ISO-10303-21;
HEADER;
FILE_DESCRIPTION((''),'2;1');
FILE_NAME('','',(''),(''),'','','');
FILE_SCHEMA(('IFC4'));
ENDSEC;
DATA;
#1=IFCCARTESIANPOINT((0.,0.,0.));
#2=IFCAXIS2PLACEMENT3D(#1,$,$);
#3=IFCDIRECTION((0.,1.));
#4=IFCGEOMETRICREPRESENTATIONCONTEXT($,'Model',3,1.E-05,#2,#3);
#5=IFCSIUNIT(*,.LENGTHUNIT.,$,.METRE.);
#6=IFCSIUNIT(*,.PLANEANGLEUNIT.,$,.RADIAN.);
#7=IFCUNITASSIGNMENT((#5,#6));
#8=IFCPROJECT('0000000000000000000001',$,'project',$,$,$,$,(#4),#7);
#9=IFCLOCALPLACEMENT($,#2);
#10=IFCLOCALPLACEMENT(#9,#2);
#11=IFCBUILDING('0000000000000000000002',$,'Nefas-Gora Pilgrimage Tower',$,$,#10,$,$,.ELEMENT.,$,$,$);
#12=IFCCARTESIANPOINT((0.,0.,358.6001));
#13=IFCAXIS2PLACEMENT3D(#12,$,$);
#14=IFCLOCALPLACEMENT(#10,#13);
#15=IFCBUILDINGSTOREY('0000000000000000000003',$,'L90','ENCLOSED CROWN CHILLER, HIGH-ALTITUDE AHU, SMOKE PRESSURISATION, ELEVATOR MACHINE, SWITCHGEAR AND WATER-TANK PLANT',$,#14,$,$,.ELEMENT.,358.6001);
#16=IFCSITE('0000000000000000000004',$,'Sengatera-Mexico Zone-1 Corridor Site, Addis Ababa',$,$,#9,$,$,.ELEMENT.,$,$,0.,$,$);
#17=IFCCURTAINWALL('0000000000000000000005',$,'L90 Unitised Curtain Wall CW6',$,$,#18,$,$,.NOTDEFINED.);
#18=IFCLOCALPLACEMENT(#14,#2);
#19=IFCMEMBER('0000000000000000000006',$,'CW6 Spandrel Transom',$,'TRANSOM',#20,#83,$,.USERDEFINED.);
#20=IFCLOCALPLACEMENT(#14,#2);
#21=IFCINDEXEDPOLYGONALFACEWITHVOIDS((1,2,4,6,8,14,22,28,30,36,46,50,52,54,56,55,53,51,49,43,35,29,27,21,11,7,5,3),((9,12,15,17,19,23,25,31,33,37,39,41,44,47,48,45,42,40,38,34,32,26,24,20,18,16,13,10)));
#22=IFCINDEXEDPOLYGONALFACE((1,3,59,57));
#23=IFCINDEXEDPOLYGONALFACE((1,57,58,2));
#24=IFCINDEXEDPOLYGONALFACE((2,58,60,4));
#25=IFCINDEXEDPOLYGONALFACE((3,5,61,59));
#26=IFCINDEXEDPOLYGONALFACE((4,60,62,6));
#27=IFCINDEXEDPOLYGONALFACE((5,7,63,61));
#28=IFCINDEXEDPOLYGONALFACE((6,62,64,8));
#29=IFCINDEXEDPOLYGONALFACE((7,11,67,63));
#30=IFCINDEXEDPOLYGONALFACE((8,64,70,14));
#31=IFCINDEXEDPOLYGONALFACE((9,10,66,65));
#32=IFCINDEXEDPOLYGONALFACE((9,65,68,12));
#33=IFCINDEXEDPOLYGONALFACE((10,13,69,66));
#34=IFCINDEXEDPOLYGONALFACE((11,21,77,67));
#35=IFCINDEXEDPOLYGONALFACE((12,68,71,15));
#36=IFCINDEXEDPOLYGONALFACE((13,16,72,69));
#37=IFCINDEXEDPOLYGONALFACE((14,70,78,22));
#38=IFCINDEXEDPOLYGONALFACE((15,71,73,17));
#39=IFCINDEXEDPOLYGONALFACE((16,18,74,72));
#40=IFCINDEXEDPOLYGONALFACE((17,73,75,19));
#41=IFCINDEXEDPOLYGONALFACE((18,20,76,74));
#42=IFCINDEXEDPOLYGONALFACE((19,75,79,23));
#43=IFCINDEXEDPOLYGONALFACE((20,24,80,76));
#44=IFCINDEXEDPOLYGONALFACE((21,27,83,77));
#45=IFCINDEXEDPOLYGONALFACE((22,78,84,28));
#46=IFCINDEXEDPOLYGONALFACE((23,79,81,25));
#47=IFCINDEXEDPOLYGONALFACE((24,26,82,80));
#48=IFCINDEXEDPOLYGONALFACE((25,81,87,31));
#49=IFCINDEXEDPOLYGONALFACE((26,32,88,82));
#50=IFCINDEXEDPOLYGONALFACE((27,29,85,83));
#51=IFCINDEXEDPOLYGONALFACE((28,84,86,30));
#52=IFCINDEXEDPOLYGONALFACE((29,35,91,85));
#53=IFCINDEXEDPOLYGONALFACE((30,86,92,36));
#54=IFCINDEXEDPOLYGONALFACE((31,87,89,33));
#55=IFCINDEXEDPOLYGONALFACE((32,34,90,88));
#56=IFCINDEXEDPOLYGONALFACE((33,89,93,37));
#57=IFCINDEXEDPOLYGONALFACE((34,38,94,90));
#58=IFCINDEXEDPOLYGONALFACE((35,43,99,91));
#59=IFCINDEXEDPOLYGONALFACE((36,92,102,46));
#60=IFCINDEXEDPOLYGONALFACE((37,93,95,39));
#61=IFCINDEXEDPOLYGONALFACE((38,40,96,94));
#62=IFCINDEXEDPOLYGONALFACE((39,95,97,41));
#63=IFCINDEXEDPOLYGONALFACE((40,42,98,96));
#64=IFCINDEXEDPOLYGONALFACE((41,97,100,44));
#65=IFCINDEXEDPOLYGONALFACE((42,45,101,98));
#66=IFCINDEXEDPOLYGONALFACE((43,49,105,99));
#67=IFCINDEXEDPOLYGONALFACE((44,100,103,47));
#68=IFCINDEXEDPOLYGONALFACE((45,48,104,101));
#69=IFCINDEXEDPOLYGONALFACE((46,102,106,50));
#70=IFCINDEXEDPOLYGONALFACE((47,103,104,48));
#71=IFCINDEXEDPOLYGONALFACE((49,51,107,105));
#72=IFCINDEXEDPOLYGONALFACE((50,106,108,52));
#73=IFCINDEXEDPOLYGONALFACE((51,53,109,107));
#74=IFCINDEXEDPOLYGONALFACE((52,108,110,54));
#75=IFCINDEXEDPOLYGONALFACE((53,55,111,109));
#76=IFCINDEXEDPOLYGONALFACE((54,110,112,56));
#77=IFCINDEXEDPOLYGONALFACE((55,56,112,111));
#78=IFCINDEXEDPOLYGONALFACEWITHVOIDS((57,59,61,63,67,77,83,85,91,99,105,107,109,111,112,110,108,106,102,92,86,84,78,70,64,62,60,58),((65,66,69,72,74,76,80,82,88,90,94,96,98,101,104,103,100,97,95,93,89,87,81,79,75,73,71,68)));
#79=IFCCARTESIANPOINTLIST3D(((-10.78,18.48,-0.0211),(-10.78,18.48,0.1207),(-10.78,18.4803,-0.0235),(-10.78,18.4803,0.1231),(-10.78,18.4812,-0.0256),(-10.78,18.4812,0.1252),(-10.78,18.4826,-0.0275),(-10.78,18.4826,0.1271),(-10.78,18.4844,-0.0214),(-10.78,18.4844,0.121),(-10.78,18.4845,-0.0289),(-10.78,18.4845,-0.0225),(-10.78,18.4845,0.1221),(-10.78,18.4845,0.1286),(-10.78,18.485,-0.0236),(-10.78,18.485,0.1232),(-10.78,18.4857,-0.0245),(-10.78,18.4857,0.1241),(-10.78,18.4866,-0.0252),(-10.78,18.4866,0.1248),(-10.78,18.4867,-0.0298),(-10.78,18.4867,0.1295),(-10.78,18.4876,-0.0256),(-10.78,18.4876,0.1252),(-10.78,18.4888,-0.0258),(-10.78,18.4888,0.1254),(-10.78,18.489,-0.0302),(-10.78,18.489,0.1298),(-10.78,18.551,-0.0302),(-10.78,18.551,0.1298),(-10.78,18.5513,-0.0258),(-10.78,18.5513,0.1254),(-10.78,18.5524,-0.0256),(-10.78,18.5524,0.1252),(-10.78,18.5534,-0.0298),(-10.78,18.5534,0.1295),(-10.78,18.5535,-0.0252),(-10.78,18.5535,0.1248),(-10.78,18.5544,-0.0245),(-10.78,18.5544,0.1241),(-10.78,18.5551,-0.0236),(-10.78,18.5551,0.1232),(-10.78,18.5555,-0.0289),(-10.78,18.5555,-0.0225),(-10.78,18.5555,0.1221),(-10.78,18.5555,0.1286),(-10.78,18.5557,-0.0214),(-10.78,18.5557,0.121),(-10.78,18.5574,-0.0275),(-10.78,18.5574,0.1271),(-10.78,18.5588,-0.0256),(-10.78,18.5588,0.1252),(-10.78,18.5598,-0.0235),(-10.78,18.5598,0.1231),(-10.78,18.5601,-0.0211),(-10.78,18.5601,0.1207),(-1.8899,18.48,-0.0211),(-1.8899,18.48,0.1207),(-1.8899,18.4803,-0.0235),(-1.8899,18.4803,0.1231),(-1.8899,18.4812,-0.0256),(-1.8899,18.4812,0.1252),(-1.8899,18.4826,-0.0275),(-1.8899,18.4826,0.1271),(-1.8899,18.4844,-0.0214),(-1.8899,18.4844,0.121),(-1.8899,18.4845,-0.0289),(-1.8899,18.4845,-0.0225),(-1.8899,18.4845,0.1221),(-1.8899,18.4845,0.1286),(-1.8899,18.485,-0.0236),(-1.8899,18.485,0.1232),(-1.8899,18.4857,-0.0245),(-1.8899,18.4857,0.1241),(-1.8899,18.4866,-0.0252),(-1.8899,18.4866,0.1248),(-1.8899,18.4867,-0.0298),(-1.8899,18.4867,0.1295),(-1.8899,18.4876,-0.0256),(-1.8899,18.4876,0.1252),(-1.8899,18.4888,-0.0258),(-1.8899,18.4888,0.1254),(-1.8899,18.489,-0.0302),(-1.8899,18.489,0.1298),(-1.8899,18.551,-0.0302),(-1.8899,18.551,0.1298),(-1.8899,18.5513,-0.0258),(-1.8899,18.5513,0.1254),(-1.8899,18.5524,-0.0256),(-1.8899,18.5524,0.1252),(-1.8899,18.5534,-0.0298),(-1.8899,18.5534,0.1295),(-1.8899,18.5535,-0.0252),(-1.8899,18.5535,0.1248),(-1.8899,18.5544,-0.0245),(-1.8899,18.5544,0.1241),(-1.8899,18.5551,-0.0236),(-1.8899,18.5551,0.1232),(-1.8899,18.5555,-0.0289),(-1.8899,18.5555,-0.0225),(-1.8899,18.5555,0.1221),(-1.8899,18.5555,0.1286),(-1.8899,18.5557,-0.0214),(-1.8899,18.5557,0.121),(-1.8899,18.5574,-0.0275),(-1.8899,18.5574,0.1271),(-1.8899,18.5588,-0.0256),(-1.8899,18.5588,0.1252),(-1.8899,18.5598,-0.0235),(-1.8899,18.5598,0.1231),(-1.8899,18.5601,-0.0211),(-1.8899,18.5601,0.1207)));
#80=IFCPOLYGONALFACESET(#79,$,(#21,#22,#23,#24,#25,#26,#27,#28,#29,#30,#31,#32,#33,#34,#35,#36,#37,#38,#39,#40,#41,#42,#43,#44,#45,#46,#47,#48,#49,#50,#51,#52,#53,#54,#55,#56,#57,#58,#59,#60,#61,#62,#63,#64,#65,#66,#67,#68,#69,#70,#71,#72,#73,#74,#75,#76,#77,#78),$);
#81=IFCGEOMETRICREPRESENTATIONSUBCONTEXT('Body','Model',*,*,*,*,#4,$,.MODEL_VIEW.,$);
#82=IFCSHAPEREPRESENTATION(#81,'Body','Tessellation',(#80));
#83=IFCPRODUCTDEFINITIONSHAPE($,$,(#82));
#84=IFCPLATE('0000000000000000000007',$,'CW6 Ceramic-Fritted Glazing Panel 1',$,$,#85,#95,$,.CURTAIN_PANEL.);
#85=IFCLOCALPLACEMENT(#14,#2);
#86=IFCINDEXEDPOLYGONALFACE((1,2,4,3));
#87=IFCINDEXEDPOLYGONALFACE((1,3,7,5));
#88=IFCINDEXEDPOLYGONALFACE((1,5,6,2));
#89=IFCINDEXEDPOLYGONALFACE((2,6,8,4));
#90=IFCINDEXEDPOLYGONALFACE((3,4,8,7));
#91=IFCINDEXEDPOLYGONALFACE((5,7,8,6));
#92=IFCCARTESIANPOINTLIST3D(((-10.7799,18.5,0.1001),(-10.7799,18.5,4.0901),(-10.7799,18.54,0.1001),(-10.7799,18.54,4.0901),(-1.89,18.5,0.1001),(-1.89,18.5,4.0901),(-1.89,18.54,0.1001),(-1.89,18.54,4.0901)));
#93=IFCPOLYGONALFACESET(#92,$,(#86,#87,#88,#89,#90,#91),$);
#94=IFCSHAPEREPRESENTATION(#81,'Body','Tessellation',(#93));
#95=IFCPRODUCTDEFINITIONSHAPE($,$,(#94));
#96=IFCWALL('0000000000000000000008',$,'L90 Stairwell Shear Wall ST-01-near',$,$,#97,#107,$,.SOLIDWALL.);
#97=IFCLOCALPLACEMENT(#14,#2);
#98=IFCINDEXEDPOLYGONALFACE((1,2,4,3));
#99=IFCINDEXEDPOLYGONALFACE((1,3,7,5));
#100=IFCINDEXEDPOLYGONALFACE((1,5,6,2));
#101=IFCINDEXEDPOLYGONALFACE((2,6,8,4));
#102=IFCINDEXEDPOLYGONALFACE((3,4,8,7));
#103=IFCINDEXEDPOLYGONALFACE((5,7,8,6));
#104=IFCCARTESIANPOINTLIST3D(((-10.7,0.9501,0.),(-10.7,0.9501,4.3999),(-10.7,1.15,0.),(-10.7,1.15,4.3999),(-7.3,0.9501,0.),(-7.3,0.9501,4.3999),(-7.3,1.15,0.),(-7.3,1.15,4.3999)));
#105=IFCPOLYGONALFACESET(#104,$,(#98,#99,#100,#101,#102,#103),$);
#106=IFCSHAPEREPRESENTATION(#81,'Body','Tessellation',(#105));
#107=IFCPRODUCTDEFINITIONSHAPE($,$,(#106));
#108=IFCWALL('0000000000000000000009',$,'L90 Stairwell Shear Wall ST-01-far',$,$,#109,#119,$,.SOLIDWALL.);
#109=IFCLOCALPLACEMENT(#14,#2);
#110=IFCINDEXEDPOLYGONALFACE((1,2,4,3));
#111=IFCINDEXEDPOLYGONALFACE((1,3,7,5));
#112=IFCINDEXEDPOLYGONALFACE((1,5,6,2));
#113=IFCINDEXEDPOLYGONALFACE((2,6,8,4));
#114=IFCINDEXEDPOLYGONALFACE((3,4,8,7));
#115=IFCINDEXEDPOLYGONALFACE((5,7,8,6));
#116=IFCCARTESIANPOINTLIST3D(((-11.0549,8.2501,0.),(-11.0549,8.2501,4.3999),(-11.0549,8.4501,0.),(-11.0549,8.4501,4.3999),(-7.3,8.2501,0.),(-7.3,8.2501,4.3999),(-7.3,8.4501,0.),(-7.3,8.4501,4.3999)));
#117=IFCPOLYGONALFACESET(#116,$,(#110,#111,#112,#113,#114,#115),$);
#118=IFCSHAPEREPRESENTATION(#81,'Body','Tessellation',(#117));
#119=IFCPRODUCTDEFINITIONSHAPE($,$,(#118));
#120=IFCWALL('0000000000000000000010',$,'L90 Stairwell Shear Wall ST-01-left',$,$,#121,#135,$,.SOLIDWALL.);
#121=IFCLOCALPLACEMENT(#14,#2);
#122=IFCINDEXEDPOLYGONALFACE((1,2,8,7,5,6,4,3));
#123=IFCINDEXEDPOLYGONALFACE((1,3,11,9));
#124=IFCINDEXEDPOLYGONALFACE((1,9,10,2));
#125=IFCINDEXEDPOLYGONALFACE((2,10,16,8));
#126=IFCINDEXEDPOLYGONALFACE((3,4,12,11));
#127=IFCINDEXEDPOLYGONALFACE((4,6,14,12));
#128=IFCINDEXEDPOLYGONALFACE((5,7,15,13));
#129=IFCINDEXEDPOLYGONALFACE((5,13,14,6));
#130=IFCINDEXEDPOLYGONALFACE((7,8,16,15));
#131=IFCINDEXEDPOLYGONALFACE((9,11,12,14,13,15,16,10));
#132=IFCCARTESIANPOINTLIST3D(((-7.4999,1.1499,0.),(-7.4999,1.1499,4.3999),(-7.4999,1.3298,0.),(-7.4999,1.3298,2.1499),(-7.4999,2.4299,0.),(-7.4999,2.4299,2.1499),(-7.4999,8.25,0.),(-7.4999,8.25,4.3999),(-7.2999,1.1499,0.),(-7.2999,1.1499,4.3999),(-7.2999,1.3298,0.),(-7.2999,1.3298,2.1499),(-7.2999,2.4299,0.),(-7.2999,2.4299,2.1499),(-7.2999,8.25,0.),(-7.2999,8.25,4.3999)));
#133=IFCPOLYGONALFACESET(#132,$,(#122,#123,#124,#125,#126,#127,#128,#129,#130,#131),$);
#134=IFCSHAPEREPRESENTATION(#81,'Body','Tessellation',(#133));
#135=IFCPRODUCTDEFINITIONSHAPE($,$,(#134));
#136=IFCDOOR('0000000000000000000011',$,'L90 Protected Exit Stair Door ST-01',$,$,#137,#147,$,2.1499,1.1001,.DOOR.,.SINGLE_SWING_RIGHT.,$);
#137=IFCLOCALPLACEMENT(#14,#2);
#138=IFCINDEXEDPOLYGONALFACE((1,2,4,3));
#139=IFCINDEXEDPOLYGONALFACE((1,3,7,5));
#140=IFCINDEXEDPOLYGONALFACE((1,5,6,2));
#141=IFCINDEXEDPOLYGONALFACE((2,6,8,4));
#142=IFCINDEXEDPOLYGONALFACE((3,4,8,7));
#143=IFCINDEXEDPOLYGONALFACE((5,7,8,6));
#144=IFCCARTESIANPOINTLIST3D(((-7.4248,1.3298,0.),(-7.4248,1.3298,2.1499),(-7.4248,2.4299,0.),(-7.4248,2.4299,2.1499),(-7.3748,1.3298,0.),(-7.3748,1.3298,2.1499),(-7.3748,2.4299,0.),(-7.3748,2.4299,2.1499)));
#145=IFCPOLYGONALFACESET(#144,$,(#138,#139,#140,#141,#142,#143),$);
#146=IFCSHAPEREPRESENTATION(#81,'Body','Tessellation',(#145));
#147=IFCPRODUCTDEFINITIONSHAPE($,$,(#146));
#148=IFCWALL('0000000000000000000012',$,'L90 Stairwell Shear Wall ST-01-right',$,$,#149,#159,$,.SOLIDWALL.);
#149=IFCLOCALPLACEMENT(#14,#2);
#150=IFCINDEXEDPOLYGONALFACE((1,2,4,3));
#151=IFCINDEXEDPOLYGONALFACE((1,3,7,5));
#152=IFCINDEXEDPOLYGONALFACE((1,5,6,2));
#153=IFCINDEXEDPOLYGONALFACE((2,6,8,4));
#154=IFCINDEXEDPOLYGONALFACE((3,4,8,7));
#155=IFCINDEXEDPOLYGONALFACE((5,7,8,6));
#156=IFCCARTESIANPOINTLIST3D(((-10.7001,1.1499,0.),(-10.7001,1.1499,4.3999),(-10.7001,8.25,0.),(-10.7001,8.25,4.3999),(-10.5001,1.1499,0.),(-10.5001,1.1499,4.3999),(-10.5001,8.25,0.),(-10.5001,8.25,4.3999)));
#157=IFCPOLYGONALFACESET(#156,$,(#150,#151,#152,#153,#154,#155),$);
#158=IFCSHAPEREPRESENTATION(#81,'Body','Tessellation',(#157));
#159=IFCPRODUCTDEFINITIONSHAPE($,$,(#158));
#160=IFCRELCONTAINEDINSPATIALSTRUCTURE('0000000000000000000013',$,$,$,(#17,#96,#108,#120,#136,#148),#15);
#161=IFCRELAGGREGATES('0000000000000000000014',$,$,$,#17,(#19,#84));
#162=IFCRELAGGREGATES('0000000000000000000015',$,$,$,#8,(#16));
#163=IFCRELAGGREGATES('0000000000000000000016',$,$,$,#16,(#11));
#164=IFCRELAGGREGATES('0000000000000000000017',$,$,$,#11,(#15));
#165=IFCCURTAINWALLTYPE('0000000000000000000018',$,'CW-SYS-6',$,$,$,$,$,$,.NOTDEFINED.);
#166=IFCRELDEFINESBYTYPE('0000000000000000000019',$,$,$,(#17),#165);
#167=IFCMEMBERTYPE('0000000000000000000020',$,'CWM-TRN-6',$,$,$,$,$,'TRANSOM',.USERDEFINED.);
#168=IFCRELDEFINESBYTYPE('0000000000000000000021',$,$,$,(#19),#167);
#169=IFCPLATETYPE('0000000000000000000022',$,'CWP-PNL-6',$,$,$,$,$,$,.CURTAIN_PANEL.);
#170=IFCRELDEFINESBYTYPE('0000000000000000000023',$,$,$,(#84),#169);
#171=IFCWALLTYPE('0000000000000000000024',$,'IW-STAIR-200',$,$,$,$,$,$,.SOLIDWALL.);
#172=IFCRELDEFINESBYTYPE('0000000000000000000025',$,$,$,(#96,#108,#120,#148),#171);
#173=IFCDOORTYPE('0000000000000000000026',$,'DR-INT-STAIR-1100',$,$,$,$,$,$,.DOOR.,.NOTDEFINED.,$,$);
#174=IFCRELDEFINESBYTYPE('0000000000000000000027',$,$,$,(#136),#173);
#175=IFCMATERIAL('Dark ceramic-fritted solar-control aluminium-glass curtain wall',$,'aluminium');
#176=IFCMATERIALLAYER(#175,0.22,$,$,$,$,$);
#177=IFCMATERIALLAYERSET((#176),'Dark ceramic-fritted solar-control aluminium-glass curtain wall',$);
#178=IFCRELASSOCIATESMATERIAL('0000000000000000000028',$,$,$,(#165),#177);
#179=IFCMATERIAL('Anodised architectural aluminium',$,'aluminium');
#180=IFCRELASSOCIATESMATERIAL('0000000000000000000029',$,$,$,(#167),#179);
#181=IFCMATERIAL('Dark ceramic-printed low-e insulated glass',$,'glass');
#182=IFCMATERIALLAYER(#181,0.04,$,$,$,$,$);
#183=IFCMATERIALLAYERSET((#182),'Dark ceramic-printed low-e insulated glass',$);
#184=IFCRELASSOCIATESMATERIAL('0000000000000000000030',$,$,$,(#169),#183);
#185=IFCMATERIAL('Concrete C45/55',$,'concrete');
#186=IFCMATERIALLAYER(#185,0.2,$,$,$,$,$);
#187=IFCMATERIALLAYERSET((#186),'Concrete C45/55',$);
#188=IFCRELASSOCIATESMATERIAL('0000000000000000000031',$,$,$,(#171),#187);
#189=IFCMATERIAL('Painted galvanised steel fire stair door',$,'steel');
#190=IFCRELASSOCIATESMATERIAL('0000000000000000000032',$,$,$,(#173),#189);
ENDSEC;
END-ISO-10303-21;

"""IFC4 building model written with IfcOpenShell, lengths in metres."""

from ifc_helpers import new_model, si_unit, direction, frame, frame_2d, origin, origin_2d, place, context, subcontext, project, spatial, rectangle, hollow_rectangle, extrude, source, transform, mapped, material, layer, layer_set, material_profile, profile_set, type_object, element, fill, aggregate, save


model = new_model("IFC4")

# Units and contexts
model_context = context("Model", 3, precision=1e-05, world=origin(), true_north=direction((0.0, 1.0)))
body_context = subcontext(model_context, "Body", "Model", "MODEL_VIEW")
ifc_project = project(units=[si_unit("LENGTHUNIT", "METRE"), si_unit("PLANEANGLEUNIT", "RADIAN")], contexts=[model_context])

# Site, building, storey
site_placement = place(None, origin())
site = spatial("IfcSite", under=ifc_project, at=site_placement, Name="Sengatera-Mexico Zone-1 Corridor Site, Addis Ababa", CompositionType="ELEMENT", RefElevation=0.0)
building_placement = place(site_placement, origin())
building = spatial("IfcBuilding", under=site, at=building_placement, Name="Nefas-Gora Pilgrimage Tower", CompositionType="ELEMENT")
storey_placement = place(building_placement, frame((0.0, 0.0, 358.6001)))
storey = spatial("IfcBuildingStorey", under=building, at=storey_placement, Name="L90", Description="ENCLOSED CROWN CHILLER, HIGH-ALTITUDE AHU, SMOKE PRESSURISATION, ELEVATOR MACHINE, SWITCHGEAR AND WATER-TANK PLANT", CompositionType="ELEMENT", Elevation=358.6001)

# Curtain wall, member, plate
ifc_material_1 = material(Name="Dark ceramic-fritted solar-control aluminium-glass curtain wall", Category="aluminium")
ifc_layer_1 = layer(ifc_material_1, 0.22)
ifc_layer_set_1 = layer_set([ifc_layer_1], Name="Dark ceramic-fritted solar-control aluminium-glass curtain wall")
curtain_wall_type = type_object("IfcCurtainWallType", Name="CW-SYS-6", PredefinedType="NOTDEFINED", material=ifc_layer_set_1)
curtain_wall_placement = place(storey_placement, origin())
curtain_wall = element("IfcCurtainWall", 1, at=curtain_wall_placement, inside=storey, type_object=curtain_wall_type, Name="L90 Unitised Curtain Wall CW6", PredefinedType="NOTDEFINED")
ifc_material_2 = material(Name="Anodised architectural aluminium", Category="aluminium")
ifc_material_profile_1 = material_profile(ifc_material_2, hollow_rectangle(XDim=0.0801, YDim=0.1599, WallThickness=0.0044, InnerFilletRadius=0.0044, OuterFilletRadius=0.009, at=origin_2d()), Name="ALU TRANSOM 80x160")
ifc_profile_set_1 = profile_set([ifc_material_profile_1], Name="Anodised architectural aluminium")
member_type_1 = type_object("IfcMemberType", Name="CWM-TRN-6", ElementType="TRANSOM", PredefinedType="USERDEFINED", material=ifc_profile_set_1)
shared_shape_1 = source(origin(), body_context, "Body", "SweptSolid", [
    extrude(hollow_rectangle(XDim=0.0801, YDim=0.1599, WallThickness=0.0044, InnerFilletRadius=0.0044, OuterFilletRadius=0.009, at=origin_2d()), origin(), (0.0, 0.0, 1.0), 8.8901),
])
member_1_placement = place(storey_placement, frame((-1.8899, 18.52, 0.0498), z_axis=(-1.0, 0.0, 0.0), x_axis=(0.0, -1.0, 0.0)))
member_1 = element("IfcMember", 2, at=member_1_placement, type_object=member_type_1, Name="CW6 Spandrel Transom", ObjectType="TRANSOM", PredefinedType="USERDEFINED", context=body_context, shape_type="MappedRepresentation", body=[
    mapped(shared_shape_1, transform((0.0, 0.0, 0.0), x_axis=(1.0, 0.0, 0.0), y_axis=(0.0, 1.0, 0.0), z_axis=(0.0, 0.0, 1.0), scale=1.0)),
])
ifc_material_3 = material(Name="Dark ceramic-printed low-e insulated glass", Category="glass")
ifc_layer_2 = layer(ifc_material_3, 0.04)
ifc_layer_set_2 = layer_set([ifc_layer_2], Name="Dark ceramic-printed low-e insulated glass")
plate_type = type_object("IfcPlateType", Name="CWP-PNL-6", PredefinedType="CURTAIN_PANEL", material=ifc_layer_set_2)
shared_shape_2 = source(origin(), body_context, "Body", "SweptSolid", [
    extrude(rectangle(XDim=8.8899, YDim=0.04, at=origin_2d()), origin(), (0.0, 0.0, 1.0), 3.99),
])
plate_placement = place(storey_placement, frame((-6.335, 18.52, 0.1001), z_axis=(0.0, 0.0, 1.0), x_axis=(-1.0, 0.0, 0.0)))
plate = element("IfcPlate", 3, at=plate_placement, type_object=plate_type, Name="CW6 Ceramic-Fritted Glazing Panel 1", PredefinedType="CURTAIN_PANEL", context=body_context, shape_type="MappedRepresentation", body=[
    mapped(shared_shape_2, transform((0.0, 0.0, 0.0), x_axis=(1.0, 0.0, 0.0), y_axis=(0.0, 1.0, 0.0), z_axis=(0.0, 0.0, 1.0), scale=1.0)),
])
aggregate(curtain_wall, [member_1, plate])

# Walls
ifc_material_4 = material(Name="Concrete C45/55", Category="concrete")
ifc_layer_3 = layer(ifc_material_4, 0.2)
ifc_layer_set_3 = layer_set([ifc_layer_3], Name="Concrete C45/55")
wall_type_1 = type_object("IfcWallType", Name="IW-STAIR-200", PredefinedType="SOLIDWALL", material=ifc_layer_set_3)
shared_shape_3 = source(origin(), body_context, "Body", "SweptSolid", [
    extrude(rectangle(XDim=3.3999, YDim=0.2, at=frame_2d((1.7, 0.0))), origin(), (0.0, 0.0, 1.0), 4.3999),
])
wall_1_placement = place(storey_placement, frame((-7.3, 1.05, 0.0), z_axis=(0.0, 0.0, 1.0), x_axis=(-1.0, 0.0, 0.0)))
element("IfcWall", 4, at=wall_1_placement, inside=storey, type_object=wall_type_1, Name="L90 Stairwell Shear Wall ST-01-near", PredefinedType="SOLIDWALL", context=body_context, shape_type="MappedRepresentation", body=[
    mapped(shared_shape_3, transform((0.0, 0.0, 0.0), x_axis=(1.0, 0.0, 0.0), y_axis=(0.0, 1.0, 0.0), z_axis=(0.0, 0.0, 1.0), scale=1.0)),
])
shared_shape_4 = source(origin(), body_context, "Body", "SweptSolid", [
    extrude(rectangle(XDim=3.7549, YDim=0.2, at=frame_2d((1.8774, 0.0))), origin(), (0.0, 0.0, 1.0), 4.3999),
])
wall_2_placement = place(storey_placement, frame((-7.3, 8.3501, 0.0), z_axis=(0.0, 0.0, 1.0), x_axis=(-1.0, 0.0, 0.0)))
element("IfcWall", 5, at=wall_2_placement, inside=storey, type_object=wall_type_1, Name="L90 Stairwell Shear Wall ST-01-far", PredefinedType="SOLIDWALL", context=body_context, shape_type="MappedRepresentation", body=[
    mapped(shared_shape_4, transform((0.0, 0.0, 0.0), x_axis=(1.0, 0.0, 0.0), y_axis=(0.0, 1.0, 0.0), z_axis=(0.0, 0.0, 1.0), scale=1.0)),
])

# Wall, opening, door
shared_shape_5 = source(origin(), body_context, "Body", "SweptSolid", [
    extrude(rectangle(XDim=7.1001, YDim=0.2, at=frame_2d((3.55, 0.0))), origin(), (0.0, 0.0, 1.0), 4.3999),
])
wall_3_placement = place(storey_placement, frame((-7.3999, 1.1499, 0.0), z_axis=(0.0, 0.0, 1.0), x_axis=(0.0, 1.0, 0.0)))
wall_3 = element("IfcWall", 6, at=wall_3_placement, inside=storey, type_object=wall_type_1, Name="L90 Stairwell Shear Wall ST-01-left", PredefinedType="SOLIDWALL", context=body_context, shape_type="MappedRepresentation", body=[
    mapped(shared_shape_5, transform((0.0, 0.0, 0.0), x_axis=(1.0, 0.0, 0.0), y_axis=(0.0, 1.0, 0.0), z_axis=(0.0, 0.0, 1.0), scale=1.0)),
])
opening_1_placement = place(wall_3_placement, frame((0.1799, 0.0, 0.0)))
opening_1 = element("IfcOpeningElement", 7, at=opening_1_placement, cuts=wall_3, PredefinedType="OPENING", context=body_context, shape_type="SweptSolid", body=[
    extrude(rectangle(XDim=1.1001, YDim=2.1499, at=frame_2d((0.55, 1.075))), frame((0.0, 0.1099, 0.0), z_axis=(0.0, -1.0, 0.0), x_axis=(1.0, 0.0, 0.0)), (0.0, 0.0, 1.0), 0.22),
])
ifc_material_5 = material(Name="Painted galvanised steel fire stair door", Category="steel")
door_type_1 = type_object("IfcDoorType", Name="DR-INT-STAIR-1100", OperationType="NOTDEFINED", PredefinedType="DOOR", material=ifc_material_5)
shared_shape_6 = source(origin(), body_context, "Body", "SweptSolid", [
    extrude(rectangle(XDim=1.1001, YDim=2.1499, at=frame_2d((0.55, 1.075))), frame((0.0, 0.0249, 0.0), z_axis=(0.0, -1.0, 0.0), x_axis=(1.0, 0.0, 0.0)), (0.0, 0.0, 1.0), 0.05),
])
door_1_placement = place(opening_1_placement, origin())
door_1 = element("IfcDoor", 8, at=door_1_placement, inside=storey, type_object=door_type_1, Name="L90 Protected Exit Stair Door ST-01", OperationType="SINGLE_SWING_RIGHT", OverallHeight=2.1499, OverallWidth=1.1001, PredefinedType="DOOR", context=body_context, shape_type="MappedRepresentation", body=[
    mapped(shared_shape_6, transform((0.0, 0.0, 0.0), x_axis=(1.0, 0.0, 0.0), y_axis=(0.0, 1.0, 0.0), z_axis=(0.0, 0.0, 1.0), scale=1.0)),
])
fill(opening_1, door_1)

# Wall
wall_4_placement = place(storey_placement, frame((-10.6001, 1.1499, 0.0), z_axis=(0.0, 0.0, 1.0), x_axis=(0.0, 1.0, 0.0)))
element("IfcWall", 9, at=wall_4_placement, inside=storey, type_object=wall_type_1, Name="L90 Stairwell Shear Wall ST-01-right", PredefinedType="SOLIDWALL", context=body_context, shape_type="MappedRepresentation", body=[
    mapped(shared_shape_5, transform((0.0, 0.0, 0.0), x_axis=(1.0, 0.0, 0.0), y_axis=(0.0, 1.0, 0.0), z_axis=(0.0, 0.0, 1.0), scale=1.0)),
])

save(model, "model.ifc")
